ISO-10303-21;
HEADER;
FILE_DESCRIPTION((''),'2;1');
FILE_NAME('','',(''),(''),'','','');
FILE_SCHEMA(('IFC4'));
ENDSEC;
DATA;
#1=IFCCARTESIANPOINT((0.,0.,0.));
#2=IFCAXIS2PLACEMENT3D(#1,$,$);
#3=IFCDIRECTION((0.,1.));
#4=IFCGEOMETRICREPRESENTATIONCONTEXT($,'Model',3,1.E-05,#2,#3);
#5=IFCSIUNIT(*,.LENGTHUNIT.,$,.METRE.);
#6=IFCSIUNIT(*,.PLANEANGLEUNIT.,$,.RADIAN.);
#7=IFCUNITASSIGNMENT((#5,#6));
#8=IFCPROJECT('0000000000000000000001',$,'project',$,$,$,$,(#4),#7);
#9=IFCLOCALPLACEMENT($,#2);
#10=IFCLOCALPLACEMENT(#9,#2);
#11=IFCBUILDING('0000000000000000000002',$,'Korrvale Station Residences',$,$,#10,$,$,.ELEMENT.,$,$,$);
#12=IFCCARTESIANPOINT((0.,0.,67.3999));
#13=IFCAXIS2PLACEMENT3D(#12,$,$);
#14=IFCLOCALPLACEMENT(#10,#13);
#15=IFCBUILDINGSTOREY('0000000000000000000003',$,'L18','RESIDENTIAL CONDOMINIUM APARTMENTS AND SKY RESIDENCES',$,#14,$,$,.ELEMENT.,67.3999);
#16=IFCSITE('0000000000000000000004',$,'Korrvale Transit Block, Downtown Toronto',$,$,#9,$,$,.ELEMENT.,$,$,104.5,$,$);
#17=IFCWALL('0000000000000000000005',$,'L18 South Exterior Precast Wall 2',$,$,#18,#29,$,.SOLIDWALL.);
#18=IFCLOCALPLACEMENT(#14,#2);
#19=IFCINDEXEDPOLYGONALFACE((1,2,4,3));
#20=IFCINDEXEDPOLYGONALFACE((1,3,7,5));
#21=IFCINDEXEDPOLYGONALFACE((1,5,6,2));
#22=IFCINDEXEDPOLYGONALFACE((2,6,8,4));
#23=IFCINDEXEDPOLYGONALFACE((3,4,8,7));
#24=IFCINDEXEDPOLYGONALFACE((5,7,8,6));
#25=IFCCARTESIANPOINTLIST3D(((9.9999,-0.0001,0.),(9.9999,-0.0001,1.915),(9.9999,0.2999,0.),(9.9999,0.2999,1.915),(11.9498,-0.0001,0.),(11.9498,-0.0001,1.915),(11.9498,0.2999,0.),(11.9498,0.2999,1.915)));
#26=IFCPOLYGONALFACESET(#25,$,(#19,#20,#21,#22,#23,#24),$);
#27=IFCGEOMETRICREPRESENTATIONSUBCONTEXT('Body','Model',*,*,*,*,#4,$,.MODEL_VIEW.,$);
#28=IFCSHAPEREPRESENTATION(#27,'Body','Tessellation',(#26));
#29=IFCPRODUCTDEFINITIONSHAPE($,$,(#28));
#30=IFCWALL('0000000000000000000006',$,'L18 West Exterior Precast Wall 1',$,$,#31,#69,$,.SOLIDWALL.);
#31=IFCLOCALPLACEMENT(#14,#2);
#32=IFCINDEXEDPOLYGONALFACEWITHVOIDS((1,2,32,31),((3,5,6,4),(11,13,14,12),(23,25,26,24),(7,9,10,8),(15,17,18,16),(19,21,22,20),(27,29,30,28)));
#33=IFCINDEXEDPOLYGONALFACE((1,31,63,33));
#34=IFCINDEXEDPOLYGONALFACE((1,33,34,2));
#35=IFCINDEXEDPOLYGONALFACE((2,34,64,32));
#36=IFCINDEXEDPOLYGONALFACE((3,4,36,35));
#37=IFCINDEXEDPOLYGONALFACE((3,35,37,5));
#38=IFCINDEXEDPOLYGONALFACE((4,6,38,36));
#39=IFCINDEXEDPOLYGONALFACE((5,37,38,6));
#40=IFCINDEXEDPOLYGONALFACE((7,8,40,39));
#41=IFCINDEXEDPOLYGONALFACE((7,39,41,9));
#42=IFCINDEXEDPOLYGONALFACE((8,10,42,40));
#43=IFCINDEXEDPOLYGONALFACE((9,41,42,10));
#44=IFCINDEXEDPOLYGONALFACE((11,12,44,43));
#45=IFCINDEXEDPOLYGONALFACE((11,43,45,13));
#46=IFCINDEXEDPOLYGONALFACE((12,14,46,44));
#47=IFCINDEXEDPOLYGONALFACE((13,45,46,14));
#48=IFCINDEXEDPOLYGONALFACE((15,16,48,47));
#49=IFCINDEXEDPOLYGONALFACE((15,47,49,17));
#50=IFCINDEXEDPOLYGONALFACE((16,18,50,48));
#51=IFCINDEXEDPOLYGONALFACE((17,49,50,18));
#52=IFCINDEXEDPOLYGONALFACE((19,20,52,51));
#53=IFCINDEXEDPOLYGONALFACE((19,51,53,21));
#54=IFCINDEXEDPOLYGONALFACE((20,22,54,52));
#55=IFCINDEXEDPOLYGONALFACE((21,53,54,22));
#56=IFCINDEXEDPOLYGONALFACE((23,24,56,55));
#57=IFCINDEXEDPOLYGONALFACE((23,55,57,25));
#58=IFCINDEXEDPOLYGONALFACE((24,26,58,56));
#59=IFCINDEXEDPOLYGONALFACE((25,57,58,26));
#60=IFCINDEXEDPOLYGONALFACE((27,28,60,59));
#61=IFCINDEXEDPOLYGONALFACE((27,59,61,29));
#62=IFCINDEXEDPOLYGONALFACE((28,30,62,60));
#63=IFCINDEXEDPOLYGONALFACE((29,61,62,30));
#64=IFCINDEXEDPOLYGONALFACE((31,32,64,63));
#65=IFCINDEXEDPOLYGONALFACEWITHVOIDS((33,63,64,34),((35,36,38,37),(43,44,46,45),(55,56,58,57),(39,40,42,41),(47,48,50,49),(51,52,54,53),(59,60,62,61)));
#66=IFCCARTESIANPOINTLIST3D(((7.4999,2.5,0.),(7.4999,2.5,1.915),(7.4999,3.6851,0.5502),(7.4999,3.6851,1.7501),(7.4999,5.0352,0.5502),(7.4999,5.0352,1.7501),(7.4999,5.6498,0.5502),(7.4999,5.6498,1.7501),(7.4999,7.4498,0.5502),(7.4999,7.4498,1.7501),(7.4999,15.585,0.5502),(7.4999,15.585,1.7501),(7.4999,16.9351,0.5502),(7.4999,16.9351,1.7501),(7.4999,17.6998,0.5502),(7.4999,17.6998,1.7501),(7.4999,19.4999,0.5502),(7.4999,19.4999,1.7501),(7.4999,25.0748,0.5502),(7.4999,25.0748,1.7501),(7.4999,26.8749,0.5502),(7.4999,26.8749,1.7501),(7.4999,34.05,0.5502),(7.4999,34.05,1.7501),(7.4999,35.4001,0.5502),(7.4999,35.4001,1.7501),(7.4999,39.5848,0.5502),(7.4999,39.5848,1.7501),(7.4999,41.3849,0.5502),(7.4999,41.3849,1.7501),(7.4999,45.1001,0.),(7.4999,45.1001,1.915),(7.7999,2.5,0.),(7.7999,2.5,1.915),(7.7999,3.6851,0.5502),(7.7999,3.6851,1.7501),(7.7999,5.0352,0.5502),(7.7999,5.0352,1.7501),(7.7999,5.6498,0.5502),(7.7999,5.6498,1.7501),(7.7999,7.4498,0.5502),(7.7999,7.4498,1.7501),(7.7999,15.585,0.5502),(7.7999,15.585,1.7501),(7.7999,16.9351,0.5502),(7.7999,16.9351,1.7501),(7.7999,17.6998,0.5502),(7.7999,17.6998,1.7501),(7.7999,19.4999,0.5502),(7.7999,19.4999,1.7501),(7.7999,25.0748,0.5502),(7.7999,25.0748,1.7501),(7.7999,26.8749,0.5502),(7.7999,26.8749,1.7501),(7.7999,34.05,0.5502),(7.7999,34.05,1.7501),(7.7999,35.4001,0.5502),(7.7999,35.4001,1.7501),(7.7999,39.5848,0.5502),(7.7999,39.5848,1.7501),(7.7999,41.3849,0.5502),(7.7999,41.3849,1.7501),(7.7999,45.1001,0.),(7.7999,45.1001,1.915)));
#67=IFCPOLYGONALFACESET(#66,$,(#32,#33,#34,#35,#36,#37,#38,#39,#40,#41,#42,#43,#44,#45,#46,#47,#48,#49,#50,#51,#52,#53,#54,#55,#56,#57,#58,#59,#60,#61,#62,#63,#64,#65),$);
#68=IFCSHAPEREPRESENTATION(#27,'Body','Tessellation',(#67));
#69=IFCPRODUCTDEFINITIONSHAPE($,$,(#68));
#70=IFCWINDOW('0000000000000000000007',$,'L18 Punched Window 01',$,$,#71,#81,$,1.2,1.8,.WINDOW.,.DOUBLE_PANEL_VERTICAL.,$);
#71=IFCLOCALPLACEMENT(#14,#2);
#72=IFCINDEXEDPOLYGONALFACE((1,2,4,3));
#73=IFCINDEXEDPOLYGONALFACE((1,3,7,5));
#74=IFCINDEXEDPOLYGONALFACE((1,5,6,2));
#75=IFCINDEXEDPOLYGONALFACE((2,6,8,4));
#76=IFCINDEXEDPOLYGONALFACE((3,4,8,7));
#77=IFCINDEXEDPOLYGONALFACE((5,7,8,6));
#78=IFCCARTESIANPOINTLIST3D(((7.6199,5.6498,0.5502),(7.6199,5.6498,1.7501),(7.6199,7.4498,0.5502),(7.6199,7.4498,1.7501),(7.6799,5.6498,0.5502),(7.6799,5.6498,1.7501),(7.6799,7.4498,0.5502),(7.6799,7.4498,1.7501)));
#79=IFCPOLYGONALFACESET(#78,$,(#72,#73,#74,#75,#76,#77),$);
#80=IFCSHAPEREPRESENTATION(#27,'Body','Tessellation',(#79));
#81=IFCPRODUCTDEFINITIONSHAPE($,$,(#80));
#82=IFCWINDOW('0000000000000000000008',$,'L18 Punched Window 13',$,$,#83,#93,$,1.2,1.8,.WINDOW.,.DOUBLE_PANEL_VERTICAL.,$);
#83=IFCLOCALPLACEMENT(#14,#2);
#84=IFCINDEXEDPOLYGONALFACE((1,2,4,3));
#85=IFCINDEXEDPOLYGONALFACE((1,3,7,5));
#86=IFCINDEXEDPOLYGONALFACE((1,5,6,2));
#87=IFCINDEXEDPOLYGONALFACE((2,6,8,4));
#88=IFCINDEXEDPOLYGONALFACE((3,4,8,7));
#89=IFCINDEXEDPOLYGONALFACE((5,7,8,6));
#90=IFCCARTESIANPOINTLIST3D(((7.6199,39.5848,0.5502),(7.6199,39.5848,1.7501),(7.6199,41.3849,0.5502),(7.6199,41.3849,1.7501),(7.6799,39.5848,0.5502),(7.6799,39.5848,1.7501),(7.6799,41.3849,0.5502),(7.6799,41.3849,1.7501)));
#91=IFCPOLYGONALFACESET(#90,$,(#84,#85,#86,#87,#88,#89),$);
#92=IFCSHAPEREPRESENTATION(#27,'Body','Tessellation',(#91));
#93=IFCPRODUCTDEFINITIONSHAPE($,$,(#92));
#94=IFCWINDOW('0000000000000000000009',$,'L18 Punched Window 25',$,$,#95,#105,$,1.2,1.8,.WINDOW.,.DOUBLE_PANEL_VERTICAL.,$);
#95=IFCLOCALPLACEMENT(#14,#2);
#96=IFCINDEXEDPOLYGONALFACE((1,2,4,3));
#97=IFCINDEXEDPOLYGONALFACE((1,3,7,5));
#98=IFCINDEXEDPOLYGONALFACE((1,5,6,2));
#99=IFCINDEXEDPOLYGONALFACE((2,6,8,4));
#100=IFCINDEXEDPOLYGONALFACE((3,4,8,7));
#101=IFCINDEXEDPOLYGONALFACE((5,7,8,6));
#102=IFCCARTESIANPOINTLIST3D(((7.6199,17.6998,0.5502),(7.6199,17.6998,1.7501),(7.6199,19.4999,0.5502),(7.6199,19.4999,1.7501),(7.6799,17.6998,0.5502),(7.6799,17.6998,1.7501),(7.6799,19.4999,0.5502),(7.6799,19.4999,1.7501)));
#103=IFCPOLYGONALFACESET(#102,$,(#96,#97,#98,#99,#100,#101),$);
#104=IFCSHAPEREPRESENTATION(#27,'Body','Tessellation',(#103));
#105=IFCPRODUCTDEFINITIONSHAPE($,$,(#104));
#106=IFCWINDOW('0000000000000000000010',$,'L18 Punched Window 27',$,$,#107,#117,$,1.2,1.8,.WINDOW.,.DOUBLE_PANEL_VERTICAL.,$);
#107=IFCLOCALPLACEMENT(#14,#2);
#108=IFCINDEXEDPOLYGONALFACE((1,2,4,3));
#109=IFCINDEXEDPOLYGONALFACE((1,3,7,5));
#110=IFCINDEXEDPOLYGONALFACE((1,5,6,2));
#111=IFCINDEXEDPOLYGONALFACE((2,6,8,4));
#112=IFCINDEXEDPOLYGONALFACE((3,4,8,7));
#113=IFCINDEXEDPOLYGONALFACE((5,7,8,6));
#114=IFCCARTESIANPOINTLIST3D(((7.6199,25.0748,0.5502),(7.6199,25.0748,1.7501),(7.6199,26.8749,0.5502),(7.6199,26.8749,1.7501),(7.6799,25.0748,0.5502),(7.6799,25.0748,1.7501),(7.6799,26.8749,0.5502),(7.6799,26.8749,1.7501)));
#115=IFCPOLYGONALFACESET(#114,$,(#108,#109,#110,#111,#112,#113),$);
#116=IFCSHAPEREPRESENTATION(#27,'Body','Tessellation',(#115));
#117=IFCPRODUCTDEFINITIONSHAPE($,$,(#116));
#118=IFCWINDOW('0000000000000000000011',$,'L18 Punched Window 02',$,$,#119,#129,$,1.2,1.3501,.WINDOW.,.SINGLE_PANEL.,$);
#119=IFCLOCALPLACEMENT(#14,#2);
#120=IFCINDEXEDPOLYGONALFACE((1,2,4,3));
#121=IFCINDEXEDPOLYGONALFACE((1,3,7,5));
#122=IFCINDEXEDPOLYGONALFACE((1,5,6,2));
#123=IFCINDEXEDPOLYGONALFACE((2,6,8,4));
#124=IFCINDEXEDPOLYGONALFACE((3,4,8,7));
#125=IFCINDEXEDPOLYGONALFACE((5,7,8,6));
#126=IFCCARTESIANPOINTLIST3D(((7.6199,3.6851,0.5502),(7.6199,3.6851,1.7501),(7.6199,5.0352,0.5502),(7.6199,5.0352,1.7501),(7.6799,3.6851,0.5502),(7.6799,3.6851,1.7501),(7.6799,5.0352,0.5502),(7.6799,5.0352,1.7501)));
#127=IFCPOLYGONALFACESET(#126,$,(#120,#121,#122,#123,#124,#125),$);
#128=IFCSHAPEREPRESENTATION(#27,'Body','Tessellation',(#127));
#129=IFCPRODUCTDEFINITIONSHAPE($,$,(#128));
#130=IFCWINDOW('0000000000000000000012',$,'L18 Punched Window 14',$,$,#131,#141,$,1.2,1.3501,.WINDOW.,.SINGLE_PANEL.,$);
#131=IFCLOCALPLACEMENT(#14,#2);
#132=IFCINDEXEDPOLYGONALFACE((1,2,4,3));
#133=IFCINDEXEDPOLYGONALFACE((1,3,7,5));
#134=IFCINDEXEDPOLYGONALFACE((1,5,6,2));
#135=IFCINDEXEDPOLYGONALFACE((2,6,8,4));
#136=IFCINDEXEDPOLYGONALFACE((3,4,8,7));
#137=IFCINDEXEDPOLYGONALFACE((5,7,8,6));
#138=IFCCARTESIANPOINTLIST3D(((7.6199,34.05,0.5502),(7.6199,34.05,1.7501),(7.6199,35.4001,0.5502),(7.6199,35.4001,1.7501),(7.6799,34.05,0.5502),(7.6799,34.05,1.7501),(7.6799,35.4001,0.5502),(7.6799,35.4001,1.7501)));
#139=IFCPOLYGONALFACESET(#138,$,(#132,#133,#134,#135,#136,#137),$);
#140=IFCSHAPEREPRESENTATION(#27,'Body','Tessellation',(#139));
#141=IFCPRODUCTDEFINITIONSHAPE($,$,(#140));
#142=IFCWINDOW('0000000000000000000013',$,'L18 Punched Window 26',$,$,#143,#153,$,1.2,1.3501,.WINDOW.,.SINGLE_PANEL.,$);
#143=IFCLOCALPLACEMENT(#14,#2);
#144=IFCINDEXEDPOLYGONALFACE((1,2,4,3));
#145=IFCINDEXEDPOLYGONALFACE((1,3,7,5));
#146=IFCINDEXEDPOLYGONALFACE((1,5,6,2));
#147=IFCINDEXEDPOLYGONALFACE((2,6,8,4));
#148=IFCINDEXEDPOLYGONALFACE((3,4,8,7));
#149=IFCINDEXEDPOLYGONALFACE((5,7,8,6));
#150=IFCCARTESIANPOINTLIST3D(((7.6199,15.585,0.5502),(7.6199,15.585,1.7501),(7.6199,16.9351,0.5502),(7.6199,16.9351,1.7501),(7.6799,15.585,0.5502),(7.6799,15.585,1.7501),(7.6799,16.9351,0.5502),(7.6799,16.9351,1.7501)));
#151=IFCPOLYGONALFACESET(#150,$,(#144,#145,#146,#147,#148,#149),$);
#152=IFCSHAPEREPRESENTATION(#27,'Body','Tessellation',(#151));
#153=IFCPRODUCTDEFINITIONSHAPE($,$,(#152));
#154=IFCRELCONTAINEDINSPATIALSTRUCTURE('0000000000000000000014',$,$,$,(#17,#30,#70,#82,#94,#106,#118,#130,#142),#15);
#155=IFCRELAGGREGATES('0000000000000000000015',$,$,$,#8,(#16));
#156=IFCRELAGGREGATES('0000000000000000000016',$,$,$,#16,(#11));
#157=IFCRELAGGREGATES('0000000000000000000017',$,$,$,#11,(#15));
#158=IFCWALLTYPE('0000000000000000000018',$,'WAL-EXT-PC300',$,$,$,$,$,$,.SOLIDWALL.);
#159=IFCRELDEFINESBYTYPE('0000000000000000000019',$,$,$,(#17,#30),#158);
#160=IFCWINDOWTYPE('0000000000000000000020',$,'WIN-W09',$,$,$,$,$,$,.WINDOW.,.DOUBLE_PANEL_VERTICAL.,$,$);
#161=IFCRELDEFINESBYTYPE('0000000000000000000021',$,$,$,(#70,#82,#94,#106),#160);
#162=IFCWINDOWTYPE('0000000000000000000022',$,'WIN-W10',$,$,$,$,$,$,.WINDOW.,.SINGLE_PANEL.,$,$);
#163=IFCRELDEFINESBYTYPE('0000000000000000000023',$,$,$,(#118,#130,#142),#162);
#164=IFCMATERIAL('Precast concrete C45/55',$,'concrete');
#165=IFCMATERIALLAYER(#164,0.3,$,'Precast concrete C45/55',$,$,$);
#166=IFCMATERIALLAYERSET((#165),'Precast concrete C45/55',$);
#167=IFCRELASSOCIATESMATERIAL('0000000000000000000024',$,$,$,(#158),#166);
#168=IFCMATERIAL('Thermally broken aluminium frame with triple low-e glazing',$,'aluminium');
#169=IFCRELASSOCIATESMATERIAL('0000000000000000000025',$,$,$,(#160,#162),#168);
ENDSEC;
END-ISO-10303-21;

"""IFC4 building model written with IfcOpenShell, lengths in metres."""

from ifc_helpers import new_model, si_unit, direction, frame, frame_2d, origin, place, context, subcontext, project, spatial, rectangle, extrude, material, layer, layer_set, type_object, element, fill, save


model = new_model("IFC4")

# Units and contexts
model_context = context("Model", 3, precision=1e-05, world=origin(), true_north=direction((0.0, 1.0)))
body_context = subcontext(model_context, "Body", "Model", "MODEL_VIEW")
ifc_project = project(units=[si_unit("LENGTHUNIT", "METRE"), si_unit("PLANEANGLEUNIT", "RADIAN")], contexts=[model_context])

# Site, building, storey
site_placement = place(None, origin())
site = spatial("IfcSite", under=ifc_project, at=site_placement, Name="Korrvale Transit Block, Downtown Toronto", CompositionType="ELEMENT", RefElevation=104.5)
building_placement = place(site_placement, origin())
building = spatial("IfcBuilding", under=site, at=building_placement, Name="Korrvale Station Residences", CompositionType="ELEMENT")
storey_placement = place(building_placement, frame((0.0, 0.0, 67.3999)))
storey = spatial("IfcBuildingStorey", under=building, at=storey_placement, Name="L18", Description="RESIDENTIAL CONDOMINIUM APARTMENTS AND SKY RESIDENCES", CompositionType="ELEMENT", Elevation=67.3999)

# Wall
ifc_material_1 = material(Name="Precast concrete C45/55", Category="concrete")
ifc_layer_1 = layer(ifc_material_1, 0.3, Name="Precast concrete C45/55")
ifc_layer_set_1 = layer_set([ifc_layer_1], Name="Precast concrete C45/55")
wall_type_1 = type_object("IfcWallType", Name="WAL-EXT-PC300", PredefinedType="SOLIDWALL", material=ifc_layer_set_1)
wall_1_placement = place(storey_placement, frame((11.95, 0.1499, 0.0), z_axis=(0.0, 0.0, 1.0), x_axis=(-1.0, 0.0, 0.0)))
element("IfcWall", 1, at=wall_1_placement, inside=storey, type_object=wall_type_1, Name="L18 South Exterior Precast Wall 2", PredefinedType="SOLIDWALL", context=body_context, shape_type="SweptSolid", body=[
    extrude(rectangle(XDim=1.95, YDim=0.3, at=frame_2d((0.9751, 0.0))), origin(), (0.0, 0.0, 1.0), 1.915),
])

# Wall, openings, windows
wall_2_placement = place(storey_placement, frame((7.6499, 2.5, 0.0), z_axis=(0.0, 0.0, 1.0), x_axis=(0.0, 1.0, 0.0)))
wall_2 = element("IfcWall", 2, at=wall_2_placement, inside=storey, type_object=wall_type_1, Name="L18 West Exterior Precast Wall 1", PredefinedType="SOLIDWALL", context=body_context, shape_type="SweptSolid", body=[
    extrude(rectangle(XDim=42.6001, YDim=0.3, at=frame_2d((21.3, 0.0))), origin(), (0.0, 0.0, 1.0), 1.915),
])
opening_1_placement = place(wall_2_placement, frame((3.1499, 0.0, 0.55)))
opening_1 = element("IfcOpeningElement", 3, at=opening_1_placement, cuts=wall_2, PredefinedType="OPENING", context=body_context, shape_type="SweptSolid", body=[
    extrude(rectangle(XDim=1.8, YDim=1.2, at=frame_2d((0.8999, 0.6001))), frame((0.0, 0.1602, 0.0), z_axis=(0.0, -1.0, 0.0), x_axis=(1.0, 0.0, 0.0)), (0.0, 0.0, 1.0), 0.3201),
])
opening_2_placement = place(wall_2_placement, frame((1.1851, 0.0, 0.55)))
opening_2 = element("IfcOpeningElement", 4, at=opening_2_placement, cuts=wall_2, PredefinedType="OPENING", context=body_context, shape_type="SweptSolid", body=[
    extrude(rectangle(XDim=1.3501, YDim=1.2, at=frame_2d((0.675, 0.6001))), frame((0.0, 0.1602, 0.0), z_axis=(0.0, -1.0, 0.0), x_axis=(1.0, 0.0, 0.0)), (0.0, 0.0, 1.0), 0.3201),
])
opening_3_placement = place(wall_2_placement, frame((37.085, 0.0, 0.55)))
opening_3 = element("IfcOpeningElement", 5, at=opening_3_placement, cuts=wall_2, PredefinedType="OPENING", context=body_context, shape_type="SweptSolid", body=[
    extrude(rectangle(XDim=1.8, YDim=1.2, at=frame_2d((0.8999, 0.6001))), frame((0.0, 0.1602, 0.0), z_axis=(0.0, -1.0, 0.0), x_axis=(1.0, 0.0, 0.0)), (0.0, 0.0, 1.0), 0.3201),
])
opening_4_placement = place(wall_2_placement, frame((31.55, 0.0, 0.55)))
opening_4 = element("IfcOpeningElement", 6, at=opening_4_placement, cuts=wall_2, PredefinedType="OPENING", context=body_context, shape_type="SweptSolid", body=[
    extrude(rectangle(XDim=1.3501, YDim=1.2, at=frame_2d((0.675, 0.6001))), frame((0.0, 0.1602, 0.0), z_axis=(0.0, -1.0, 0.0), x_axis=(1.0, 0.0, 0.0)), (0.0, 0.0, 1.0), 0.3201),
])
opening_5_placement = place(wall_2_placement, frame((15.2, 0.0, 0.55)))
opening_5 = element("IfcOpeningElement", 7, at=opening_5_placement, cuts=wall_2, PredefinedType="OPENING", context=body_context, shape_type="SweptSolid", body=[
    extrude(rectangle(XDim=1.8, YDim=1.2, at=frame_2d((0.8999, 0.6001))), frame((0.0, 0.1602, 0.0), z_axis=(0.0, -1.0, 0.0), x_axis=(1.0, 0.0, 0.0)), (0.0, 0.0, 1.0), 0.3201),
])
opening_6_placement = place(wall_2_placement, frame((13.085, 0.0, 0.55)))
opening_6 = element("IfcOpeningElement", 8, at=opening_6_placement, cuts=wall_2, PredefinedType="OPENING", context=body_context, shape_type="SweptSolid", body=[
    extrude(rectangle(XDim=1.3501, YDim=1.2, at=frame_2d((0.675, 0.6001))), frame((0.0, 0.1602, 0.0), z_axis=(0.0, -1.0, 0.0), x_axis=(1.0, 0.0, 0.0)), (0.0, 0.0, 1.0), 0.3201),
])
opening_7_placement = place(wall_2_placement, frame((22.575, 0.0, 0.55)))
opening_7 = element("IfcOpeningElement", 9, at=opening_7_placement, cuts=wall_2, PredefinedType="OPENING", context=body_context, shape_type="SweptSolid", body=[
    extrude(rectangle(XDim=1.8, YDim=1.2, at=frame_2d((0.8999, 0.6001))), frame((0.0, 0.1602, 0.0), z_axis=(0.0, -1.0, 0.0), x_axis=(1.0, 0.0, 0.0)), (0.0, 0.0, 1.0), 0.3201),
])
ifc_material_2 = material(Name="Thermally broken aluminium frame with triple low-e glazing", Category="aluminium")
window_type_1 = type_object("IfcWindowType", Name="WIN-W09", PartitioningType="DOUBLE_PANEL_VERTICAL", PredefinedType="WINDOW", material=ifc_material_2)
window_1_placement = place(opening_1_placement, origin())
window_1 = element("IfcWindow", 10, at=window_1_placement, inside=storey, type_object=window_type_1, Name="L18 Punched Window 01", OverallHeight=1.2, OverallWidth=1.8, PartitioningType="DOUBLE_PANEL_VERTICAL", PredefinedType="WINDOW", context=body_context, shape_type="SweptSolid", body=[
    extrude(rectangle(XDim=1.8, YDim=1.2, at=frame_2d((0.8999, 0.6001))), frame((0.0, 0.03, 0.0), z_axis=(0.0, -1.0, 0.0), x_axis=(1.0, 0.0, 0.0)), (0.0, 0.0, 1.0), 0.0601),
])
fill(opening_1, window_1)
window_2_placement = place(opening_3_placement, origin())
window_2 = element("IfcWindow", 11, at=window_2_placement, inside=storey, type_object=window_type_1, Name="L18 Punched Window 13", OverallHeight=1.2, OverallWidth=1.8, PartitioningType="DOUBLE_PANEL_VERTICAL", PredefinedType="WINDOW", context=body_context, shape_type="SweptSolid", body=[
    extrude(rectangle(XDim=1.8, YDim=1.2, at=frame_2d((0.8999, 0.6001))), frame((0.0, 0.03, 0.0), z_axis=(0.0, -1.0, 0.0), x_axis=(1.0, 0.0, 0.0)), (0.0, 0.0, 1.0), 0.0601),
])
fill(opening_3, window_2)
window_3_placement = place(opening_5_placement, origin())
window_3 = element("IfcWindow", 12, at=window_3_placement, inside=storey, type_object=window_type_1, Name="L18 Punched Window 25", OverallHeight=1.2, OverallWidth=1.8, PartitioningType="DOUBLE_PANEL_VERTICAL", PredefinedType="WINDOW", context=body_context, shape_type="SweptSolid", body=[
    extrude(rectangle(XDim=1.8, YDim=1.2, at=frame_2d((0.8999, 0.6001))), frame((0.0, 0.03, 0.0), z_axis=(0.0, -1.0, 0.0), x_axis=(1.0, 0.0, 0.0)), (0.0, 0.0, 1.0), 0.0601),
])
fill(opening_5, window_3)
window_4_placement = place(opening_7_placement, origin())
window_4 = element("IfcWindow", 13, at=window_4_placement, inside=storey, type_object=window_type_1, Name="L18 Punched Window 27", OverallHeight=1.2, OverallWidth=1.8, PartitioningType="DOUBLE_PANEL_VERTICAL", PredefinedType="WINDOW", context=body_context, shape_type="SweptSolid", body=[
    extrude(rectangle(XDim=1.8, YDim=1.2, at=frame_2d((0.8999, 0.6001))), frame((0.0, 0.03, 0.0), z_axis=(0.0, -1.0, 0.0), x_axis=(1.0, 0.0, 0.0)), (0.0, 0.0, 1.0), 0.0601),
])
fill(opening_7, window_4)
window_type_2 = type_object("IfcWindowType", Name="WIN-W10", PartitioningType="SINGLE_PANEL", PredefinedType="WINDOW", material=ifc_material_2)
window_5_placement = place(opening_2_placement, origin())
window_5 = element("IfcWindow", 14, at=window_5_placement, inside=storey, type_object=window_type_2, Name="L18 Punched Window 02", OverallHeight=1.2, OverallWidth=1.3501, PartitioningType="SINGLE_PANEL", PredefinedType="WINDOW", context=body_context, shape_type="SweptSolid", body=[
    extrude(rectangle(XDim=1.3501, YDim=1.2, at=frame_2d((0.675, 0.6001))), frame((0.0, 0.03, 0.0), z_axis=(0.0, -1.0, 0.0), x_axis=(1.0, 0.0, 0.0)), (0.0, 0.0, 1.0), 0.0601),
])
fill(opening_2, window_5)
window_6_placement = place(opening_4_placement, origin())
window_6 = element("IfcWindow", 15, at=window_6_placement, inside=storey, type_object=window_type_2, Name="L18 Punched Window 14", OverallHeight=1.2, OverallWidth=1.3501, PartitioningType="SINGLE_PANEL", PredefinedType="WINDOW", context=body_context, shape_type="SweptSolid", body=[
    extrude(rectangle(XDim=1.3501, YDim=1.2, at=frame_2d((0.675, 0.6001))), frame((0.0, 0.03, 0.0), z_axis=(0.0, -1.0, 0.0), x_axis=(1.0, 0.0, 0.0)), (0.0, 0.0, 1.0), 0.0601),
])
fill(opening_4, window_6)
window_7_placement = place(opening_6_placement, origin())
window_7 = element("IfcWindow", 16, at=window_7_placement, inside=storey, type_object=window_type_2, Name="L18 Punched Window 26", OverallHeight=1.2, OverallWidth=1.3501, PartitioningType="SINGLE_PANEL", PredefinedType="WINDOW", context=body_context, shape_type="SweptSolid", body=[
    extrude(rectangle(XDim=1.3501, YDim=1.2, at=frame_2d((0.675, 0.6001))), frame((0.0, 0.03, 0.0), z_axis=(0.0, -1.0, 0.0), x_axis=(1.0, 0.0, 0.0)), (0.0, 0.0, 1.0), 0.0601),
])
fill(opening_6, window_7)

save(model, "model.ifc")
